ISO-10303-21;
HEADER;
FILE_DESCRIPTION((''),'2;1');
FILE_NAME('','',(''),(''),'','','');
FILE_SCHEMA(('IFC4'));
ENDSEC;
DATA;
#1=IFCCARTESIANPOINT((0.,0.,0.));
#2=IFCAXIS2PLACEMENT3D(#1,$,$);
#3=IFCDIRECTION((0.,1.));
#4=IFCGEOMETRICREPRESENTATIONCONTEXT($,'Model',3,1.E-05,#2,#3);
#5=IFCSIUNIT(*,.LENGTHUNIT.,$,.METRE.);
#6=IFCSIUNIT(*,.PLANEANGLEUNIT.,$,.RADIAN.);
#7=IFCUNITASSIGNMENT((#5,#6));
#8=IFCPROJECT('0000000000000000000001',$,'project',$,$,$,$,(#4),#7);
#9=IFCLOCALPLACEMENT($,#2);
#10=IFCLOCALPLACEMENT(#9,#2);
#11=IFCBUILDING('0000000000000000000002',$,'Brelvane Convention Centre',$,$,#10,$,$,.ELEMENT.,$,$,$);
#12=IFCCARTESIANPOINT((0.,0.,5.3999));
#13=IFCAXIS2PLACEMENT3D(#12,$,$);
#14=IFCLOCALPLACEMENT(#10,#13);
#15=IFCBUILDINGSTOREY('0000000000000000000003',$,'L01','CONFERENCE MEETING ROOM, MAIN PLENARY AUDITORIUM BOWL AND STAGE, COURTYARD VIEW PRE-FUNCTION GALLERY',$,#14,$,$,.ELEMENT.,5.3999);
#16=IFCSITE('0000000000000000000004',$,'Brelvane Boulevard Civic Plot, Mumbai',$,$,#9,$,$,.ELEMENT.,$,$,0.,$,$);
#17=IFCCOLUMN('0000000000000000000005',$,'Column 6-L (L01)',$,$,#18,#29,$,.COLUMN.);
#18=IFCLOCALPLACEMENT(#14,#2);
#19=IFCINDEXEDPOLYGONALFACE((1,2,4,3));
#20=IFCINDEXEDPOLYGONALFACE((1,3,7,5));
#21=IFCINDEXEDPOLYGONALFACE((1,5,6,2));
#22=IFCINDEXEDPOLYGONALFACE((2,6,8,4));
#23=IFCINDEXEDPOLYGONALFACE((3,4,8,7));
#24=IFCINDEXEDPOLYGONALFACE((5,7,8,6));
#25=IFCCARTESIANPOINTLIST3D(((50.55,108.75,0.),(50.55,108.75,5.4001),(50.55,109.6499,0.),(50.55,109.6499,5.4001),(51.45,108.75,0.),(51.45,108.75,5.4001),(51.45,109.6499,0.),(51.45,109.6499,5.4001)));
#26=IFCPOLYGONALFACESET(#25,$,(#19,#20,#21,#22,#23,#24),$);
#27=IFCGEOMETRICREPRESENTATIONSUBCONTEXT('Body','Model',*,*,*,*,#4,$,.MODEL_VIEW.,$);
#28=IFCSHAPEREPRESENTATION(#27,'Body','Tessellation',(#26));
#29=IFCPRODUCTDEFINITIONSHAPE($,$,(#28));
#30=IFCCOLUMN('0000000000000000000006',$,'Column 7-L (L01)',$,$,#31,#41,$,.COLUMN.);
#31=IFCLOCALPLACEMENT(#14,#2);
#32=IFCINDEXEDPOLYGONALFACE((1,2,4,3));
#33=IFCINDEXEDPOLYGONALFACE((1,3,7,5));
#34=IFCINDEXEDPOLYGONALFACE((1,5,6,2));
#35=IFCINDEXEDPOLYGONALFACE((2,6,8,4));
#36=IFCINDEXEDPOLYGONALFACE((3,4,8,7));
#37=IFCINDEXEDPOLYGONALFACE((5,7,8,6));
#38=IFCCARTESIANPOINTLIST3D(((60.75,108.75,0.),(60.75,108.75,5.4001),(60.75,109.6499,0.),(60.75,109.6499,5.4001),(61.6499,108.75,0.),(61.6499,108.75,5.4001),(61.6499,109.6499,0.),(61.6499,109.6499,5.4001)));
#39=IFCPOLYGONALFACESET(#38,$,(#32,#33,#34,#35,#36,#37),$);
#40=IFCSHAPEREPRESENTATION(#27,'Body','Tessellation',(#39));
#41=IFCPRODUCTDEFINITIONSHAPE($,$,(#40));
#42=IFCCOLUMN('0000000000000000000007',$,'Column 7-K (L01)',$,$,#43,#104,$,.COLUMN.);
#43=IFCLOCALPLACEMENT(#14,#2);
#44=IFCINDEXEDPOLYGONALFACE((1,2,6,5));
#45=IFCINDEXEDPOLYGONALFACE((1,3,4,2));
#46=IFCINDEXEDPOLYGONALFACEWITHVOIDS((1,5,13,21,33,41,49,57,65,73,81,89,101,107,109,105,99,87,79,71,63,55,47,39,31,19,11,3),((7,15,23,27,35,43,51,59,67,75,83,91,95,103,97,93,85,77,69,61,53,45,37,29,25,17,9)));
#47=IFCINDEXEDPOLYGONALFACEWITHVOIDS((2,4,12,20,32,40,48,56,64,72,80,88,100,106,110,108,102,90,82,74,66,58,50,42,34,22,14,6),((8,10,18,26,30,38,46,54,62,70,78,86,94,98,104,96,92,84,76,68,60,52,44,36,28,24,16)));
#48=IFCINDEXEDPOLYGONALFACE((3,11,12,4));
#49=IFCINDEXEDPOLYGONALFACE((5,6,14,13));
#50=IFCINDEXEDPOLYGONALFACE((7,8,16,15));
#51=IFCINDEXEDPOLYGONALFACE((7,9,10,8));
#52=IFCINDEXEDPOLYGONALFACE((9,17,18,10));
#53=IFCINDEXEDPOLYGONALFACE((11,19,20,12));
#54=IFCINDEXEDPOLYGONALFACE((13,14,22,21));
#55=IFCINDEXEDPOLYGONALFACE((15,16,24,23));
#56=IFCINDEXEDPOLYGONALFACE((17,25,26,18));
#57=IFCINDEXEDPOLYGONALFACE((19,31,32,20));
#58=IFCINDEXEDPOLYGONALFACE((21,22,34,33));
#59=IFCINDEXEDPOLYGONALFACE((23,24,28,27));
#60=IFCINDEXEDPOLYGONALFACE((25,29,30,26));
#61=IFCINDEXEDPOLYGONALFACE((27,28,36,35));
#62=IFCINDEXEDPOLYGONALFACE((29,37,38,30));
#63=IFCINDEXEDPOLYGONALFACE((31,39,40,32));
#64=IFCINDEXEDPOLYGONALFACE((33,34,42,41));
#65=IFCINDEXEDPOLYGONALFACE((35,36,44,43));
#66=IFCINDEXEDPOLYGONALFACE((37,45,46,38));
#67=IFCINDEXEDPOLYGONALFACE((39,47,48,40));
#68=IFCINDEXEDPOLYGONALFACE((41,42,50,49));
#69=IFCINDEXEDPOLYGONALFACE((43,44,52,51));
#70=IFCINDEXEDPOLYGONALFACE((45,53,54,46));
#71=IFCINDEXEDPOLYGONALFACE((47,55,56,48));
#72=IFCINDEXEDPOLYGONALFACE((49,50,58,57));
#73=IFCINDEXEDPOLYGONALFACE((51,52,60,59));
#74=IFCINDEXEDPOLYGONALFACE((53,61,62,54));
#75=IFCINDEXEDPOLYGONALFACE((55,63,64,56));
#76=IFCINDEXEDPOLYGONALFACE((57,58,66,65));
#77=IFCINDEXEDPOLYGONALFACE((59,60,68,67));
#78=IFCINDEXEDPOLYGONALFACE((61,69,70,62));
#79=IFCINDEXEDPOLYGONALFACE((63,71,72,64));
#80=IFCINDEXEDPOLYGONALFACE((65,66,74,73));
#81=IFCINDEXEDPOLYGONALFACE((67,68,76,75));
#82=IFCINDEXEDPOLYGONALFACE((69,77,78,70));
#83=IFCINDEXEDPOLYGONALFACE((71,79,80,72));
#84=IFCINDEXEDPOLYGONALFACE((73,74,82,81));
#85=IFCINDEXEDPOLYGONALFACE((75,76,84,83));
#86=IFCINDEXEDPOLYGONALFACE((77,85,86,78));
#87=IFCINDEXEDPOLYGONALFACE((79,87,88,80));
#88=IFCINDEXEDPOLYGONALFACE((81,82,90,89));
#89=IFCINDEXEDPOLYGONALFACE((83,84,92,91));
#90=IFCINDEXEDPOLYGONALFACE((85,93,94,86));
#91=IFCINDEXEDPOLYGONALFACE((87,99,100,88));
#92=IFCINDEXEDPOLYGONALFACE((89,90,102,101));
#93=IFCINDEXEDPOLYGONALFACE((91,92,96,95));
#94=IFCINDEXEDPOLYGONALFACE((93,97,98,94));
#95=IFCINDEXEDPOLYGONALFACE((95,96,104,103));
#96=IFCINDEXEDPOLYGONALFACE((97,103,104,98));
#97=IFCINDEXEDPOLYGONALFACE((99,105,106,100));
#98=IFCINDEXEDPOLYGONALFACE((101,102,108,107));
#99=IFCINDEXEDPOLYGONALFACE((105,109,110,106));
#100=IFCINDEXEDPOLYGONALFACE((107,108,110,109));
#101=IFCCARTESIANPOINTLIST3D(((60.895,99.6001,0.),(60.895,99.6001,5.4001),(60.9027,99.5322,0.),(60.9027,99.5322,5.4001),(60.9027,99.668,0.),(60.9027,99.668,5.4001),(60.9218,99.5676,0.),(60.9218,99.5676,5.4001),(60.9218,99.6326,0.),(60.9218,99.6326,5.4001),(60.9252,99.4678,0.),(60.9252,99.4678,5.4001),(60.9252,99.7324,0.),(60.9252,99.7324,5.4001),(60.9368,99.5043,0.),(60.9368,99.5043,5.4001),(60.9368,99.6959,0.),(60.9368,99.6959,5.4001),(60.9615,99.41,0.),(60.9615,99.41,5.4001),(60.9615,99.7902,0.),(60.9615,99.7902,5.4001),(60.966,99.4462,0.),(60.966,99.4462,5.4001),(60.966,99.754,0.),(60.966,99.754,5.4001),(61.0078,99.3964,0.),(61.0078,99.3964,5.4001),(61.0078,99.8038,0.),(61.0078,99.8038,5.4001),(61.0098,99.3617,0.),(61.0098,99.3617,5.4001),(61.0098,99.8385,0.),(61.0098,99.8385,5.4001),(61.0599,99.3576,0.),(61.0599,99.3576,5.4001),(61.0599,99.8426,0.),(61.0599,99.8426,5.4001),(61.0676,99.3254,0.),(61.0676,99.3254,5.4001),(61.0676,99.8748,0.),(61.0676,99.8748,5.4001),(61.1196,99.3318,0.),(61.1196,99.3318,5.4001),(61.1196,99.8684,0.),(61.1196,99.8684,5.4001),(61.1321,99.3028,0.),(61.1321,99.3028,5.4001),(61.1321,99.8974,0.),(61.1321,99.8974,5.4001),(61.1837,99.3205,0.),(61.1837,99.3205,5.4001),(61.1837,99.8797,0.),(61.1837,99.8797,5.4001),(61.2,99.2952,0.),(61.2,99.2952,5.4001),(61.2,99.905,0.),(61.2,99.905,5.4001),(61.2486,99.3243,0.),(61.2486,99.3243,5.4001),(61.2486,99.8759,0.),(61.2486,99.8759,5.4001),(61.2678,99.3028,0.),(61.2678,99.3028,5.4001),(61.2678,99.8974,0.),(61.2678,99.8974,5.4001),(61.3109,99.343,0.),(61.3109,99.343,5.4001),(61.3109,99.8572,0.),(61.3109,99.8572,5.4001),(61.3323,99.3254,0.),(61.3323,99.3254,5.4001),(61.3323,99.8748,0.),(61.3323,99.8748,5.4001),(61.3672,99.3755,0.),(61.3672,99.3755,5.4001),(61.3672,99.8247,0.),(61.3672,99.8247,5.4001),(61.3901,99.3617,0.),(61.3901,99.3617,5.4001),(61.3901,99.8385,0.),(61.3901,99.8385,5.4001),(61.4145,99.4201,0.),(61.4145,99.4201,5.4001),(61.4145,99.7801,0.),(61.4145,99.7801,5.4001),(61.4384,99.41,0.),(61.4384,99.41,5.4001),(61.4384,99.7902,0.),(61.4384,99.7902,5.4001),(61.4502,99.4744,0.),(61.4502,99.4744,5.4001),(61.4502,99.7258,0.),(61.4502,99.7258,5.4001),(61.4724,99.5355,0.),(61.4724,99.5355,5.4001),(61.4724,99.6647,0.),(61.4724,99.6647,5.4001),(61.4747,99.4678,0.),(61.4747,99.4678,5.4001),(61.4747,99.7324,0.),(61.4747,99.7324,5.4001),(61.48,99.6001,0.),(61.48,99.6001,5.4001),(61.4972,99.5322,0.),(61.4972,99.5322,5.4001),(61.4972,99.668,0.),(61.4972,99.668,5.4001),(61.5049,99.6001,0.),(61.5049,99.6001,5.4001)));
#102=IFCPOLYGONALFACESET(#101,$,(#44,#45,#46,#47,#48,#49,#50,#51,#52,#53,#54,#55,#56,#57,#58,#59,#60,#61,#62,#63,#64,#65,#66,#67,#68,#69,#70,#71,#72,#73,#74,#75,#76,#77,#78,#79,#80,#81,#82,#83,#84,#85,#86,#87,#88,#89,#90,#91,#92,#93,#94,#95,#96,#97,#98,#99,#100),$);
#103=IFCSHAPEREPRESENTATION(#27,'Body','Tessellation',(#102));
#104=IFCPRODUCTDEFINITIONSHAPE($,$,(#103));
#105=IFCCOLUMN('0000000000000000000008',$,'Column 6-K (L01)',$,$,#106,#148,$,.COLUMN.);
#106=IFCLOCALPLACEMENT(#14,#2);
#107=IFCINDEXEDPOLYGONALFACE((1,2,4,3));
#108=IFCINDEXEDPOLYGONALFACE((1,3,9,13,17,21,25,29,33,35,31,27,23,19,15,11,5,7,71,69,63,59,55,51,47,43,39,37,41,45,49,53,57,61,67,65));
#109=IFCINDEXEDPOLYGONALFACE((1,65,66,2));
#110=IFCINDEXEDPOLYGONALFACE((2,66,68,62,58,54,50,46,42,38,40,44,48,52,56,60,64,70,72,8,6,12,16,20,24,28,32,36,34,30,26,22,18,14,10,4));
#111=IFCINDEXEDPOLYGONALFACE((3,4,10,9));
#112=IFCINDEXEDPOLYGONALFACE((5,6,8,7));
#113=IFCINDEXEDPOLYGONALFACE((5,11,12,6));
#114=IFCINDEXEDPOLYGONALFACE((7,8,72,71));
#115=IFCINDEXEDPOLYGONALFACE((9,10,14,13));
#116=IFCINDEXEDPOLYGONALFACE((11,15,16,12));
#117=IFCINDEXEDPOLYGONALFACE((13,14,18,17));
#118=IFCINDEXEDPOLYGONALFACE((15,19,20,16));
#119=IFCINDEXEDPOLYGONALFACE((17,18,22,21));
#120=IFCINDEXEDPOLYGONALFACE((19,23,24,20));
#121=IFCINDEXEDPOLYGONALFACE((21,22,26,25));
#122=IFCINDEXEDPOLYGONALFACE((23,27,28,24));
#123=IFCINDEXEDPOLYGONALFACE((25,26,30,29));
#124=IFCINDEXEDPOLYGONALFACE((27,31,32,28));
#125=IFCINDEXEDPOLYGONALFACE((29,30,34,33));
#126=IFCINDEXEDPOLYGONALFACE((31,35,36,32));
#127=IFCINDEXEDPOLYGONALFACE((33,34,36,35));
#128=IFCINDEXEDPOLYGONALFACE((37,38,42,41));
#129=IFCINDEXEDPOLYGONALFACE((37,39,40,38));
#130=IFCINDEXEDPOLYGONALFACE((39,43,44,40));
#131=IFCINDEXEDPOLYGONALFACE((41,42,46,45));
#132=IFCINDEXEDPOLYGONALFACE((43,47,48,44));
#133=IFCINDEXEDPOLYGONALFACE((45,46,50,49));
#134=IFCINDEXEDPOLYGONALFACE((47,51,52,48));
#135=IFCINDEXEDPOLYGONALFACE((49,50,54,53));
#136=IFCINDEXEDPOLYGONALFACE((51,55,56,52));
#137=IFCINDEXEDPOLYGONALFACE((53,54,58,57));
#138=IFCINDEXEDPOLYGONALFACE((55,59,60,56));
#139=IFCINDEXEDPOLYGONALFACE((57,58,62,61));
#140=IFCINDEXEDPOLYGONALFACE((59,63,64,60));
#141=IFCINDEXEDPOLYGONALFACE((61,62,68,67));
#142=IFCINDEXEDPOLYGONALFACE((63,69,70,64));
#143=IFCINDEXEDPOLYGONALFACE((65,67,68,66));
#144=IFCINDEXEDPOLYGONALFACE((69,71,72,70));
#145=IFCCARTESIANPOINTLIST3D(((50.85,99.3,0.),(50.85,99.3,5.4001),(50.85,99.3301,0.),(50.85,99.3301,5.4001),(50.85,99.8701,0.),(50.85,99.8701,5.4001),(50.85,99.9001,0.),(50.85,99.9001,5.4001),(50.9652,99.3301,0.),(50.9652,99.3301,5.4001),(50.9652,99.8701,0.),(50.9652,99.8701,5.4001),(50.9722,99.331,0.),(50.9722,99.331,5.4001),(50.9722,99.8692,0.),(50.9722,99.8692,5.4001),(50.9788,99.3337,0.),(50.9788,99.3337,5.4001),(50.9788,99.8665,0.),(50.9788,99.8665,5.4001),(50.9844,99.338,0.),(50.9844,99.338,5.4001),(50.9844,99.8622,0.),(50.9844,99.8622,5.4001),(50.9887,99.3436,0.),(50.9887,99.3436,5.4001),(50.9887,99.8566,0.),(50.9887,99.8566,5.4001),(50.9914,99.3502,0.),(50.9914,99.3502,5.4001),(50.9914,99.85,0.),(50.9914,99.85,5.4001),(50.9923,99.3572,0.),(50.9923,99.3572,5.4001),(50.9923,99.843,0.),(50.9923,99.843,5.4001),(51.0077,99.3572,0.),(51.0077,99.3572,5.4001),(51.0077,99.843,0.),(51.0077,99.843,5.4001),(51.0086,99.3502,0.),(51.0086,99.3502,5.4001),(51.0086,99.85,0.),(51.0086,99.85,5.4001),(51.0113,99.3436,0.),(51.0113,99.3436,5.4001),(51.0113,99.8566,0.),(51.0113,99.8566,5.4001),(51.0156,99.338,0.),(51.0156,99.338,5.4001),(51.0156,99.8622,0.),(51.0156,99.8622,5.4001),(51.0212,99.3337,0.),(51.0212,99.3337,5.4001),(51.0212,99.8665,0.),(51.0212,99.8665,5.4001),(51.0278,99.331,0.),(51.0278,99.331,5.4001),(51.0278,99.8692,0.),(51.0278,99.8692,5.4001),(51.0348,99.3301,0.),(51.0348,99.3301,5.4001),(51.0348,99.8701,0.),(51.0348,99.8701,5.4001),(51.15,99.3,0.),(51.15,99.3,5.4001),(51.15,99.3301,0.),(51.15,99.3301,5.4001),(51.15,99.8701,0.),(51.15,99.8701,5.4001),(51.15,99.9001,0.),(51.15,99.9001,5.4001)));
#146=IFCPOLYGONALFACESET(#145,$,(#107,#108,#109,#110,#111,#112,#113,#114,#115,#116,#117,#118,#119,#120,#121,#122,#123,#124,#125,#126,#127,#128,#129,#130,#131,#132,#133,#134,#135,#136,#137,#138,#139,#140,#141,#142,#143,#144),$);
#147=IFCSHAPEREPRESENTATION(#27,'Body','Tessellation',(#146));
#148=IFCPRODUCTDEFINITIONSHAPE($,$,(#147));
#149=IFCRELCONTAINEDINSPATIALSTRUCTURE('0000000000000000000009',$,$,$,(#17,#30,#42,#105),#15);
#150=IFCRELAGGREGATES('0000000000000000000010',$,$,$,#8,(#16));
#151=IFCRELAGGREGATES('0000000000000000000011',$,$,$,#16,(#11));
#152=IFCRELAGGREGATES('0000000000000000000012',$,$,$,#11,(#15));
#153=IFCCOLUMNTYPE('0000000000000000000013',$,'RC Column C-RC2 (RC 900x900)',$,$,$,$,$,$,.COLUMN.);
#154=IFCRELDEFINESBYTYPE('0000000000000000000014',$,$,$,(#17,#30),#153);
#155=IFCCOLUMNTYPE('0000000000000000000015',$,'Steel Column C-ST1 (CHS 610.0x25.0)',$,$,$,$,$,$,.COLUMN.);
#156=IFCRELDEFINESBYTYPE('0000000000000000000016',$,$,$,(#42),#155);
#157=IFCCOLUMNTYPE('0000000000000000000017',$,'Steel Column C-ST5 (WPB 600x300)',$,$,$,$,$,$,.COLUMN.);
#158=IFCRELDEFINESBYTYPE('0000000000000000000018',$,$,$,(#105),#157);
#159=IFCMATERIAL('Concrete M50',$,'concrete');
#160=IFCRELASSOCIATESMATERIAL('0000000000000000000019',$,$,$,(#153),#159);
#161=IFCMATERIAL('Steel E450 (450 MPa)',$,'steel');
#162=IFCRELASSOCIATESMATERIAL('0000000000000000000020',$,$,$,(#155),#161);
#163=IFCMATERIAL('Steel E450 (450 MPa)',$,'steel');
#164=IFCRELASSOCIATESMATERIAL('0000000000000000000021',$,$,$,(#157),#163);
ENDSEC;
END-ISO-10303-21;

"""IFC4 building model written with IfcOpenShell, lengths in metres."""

from ifc_helpers import new_model, si_unit, direction, frame, origin, origin_2d, place, context, subcontext, project, spatial, rectangle, hollow_circle, i_section, extrude, material, material_profile, profile_set, type_object, element, save


model = new_model("IFC4")

# Units and contexts
model_context = context("Model", 3, precision=1e-05, world=origin(), true_north=direction((0.0, 1.0)))
body_context = subcontext(model_context, "Body", "Model", "MODEL_VIEW")
ifc_project = project(units=[si_unit("LENGTHUNIT", "METRE"), si_unit("PLANEANGLEUNIT", "RADIAN")], contexts=[model_context])

# Site, building, storey
site_placement = place(None, origin())
site = spatial("IfcSite", under=ifc_project, at=site_placement, Name="Brelvane Boulevard Civic Plot, Mumbai", CompositionType="ELEMENT", RefElevation=0.0)
building_placement = place(site_placement, origin())
building = spatial("IfcBuilding", under=site, at=building_placement, Name="Brelvane Convention Centre", CompositionType="ELEMENT")
storey_placement = place(building_placement, frame((0.0, 0.0, 5.3999)))
storey = spatial("IfcBuildingStorey", under=building, at=storey_placement, Name="L01", Description="CONFERENCE MEETING ROOM, MAIN PLENARY AUDITORIUM BOWL AND STAGE, COURTYARD VIEW PRE-FUNCTION GALLERY", CompositionType="ELEMENT", Elevation=5.3999)

# Columns
ifc_material_1 = material(Name="Concrete M50", Category="concrete")
ifc_material_profile_1 = material_profile(ifc_material_1, rectangle(XDim=0.8999, YDim=0.8999, at=origin_2d()), Name="RC 900x900")
ifc_profile_set_1 = profile_set([ifc_material_profile_1], Name="Concrete M50")
column_type_1 = type_object("IfcColumnType", Name="RC Column C-RC2 (RC 900x900)", PredefinedType="COLUMN", material=ifc_profile_set_1)
for number, where, z_axis, x_axis, name in (
    (1, (51.0, 109.2, 0.0), (0.0, 0.0, 1.0), (1.0, 0.0, 0.0), "Column 6-L (L01)"),
    (2, (61.2, 109.2, 0.0), (0.0, 0.0, 1.0), (1.0, 0.0, 0.0), "Column 7-L (L01)"),
):
    element("IfcColumn", number, at=place(storey_placement, frame(where, z_axis=z_axis, x_axis=x_axis)), inside=storey, type_object=column_type_1, Name=name, PredefinedType="COLUMN", context=body_context, shape_type="SweptSolid", body=[
        extrude(rectangle(XDim=0.8999, YDim=0.8999, at=origin_2d()), origin(), (0.0, 0.0, 1.0), 5.4001),
    ])
ifc_material_2 = material(Name="Steel E450 (450 MPa)", Category="steel")
ifc_material_profile_2 = material_profile(ifc_material_2, hollow_circle(Radius=0.3049, WallThickness=0.0249, at=origin_2d()), Name="CHS 610.0x25.0")
ifc_profile_set_2 = profile_set([ifc_material_profile_2], Name="Steel E450 (450 MPa)")
column_type_2 = type_object("IfcColumnType", Name="Steel Column C-ST1 (CHS 610.0x25.0)", PredefinedType="COLUMN", material=ifc_profile_set_2)
column_1_placement = place(storey_placement, frame((61.2, 99.6001, 0.0), z_axis=(0.0, 0.0, 1.0), x_axis=(1.0, 0.0, 0.0)))
element("IfcColumn", 3, at=column_1_placement, inside=storey, type_object=column_type_2, Name="Column 7-K (L01)", PredefinedType="COLUMN", context=body_context, shape_type="SweptSolid", body=[
    extrude(hollow_circle(Radius=0.3049, WallThickness=0.0249, at=origin_2d()), origin(), (0.0, 0.0, 1.0), 5.4001),
])
ifc_material_3 = material(Name="Steel E450 (450 MPa)", Category="steel")
ifc_material_profile_3 = material_profile(ifc_material_3, i_section(OverallWidth=0.3, OverallDepth=0.6001, WebThickness=0.0154, FlangeThickness=0.03, FilletRadius=0.0271, at=origin_2d()), Name="WPB 600x300")
ifc_profile_set_3 = profile_set([ifc_material_profile_3], Name="Steel E450 (450 MPa)")
column_type_3 = type_object("IfcColumnType", Name="Steel Column C-ST5 (WPB 600x300)", PredefinedType="COLUMN", material=ifc_profile_set_3)
column_2_placement = place(storey_placement, frame((51.0, 99.6001, 0.0), z_axis=(0.0, 0.0, 1.0), x_axis=(1.0, 0.0, 0.0)))
element("IfcColumn", 4, at=column_2_placement, inside=storey, type_object=column_type_3, Name="Column 6-K (L01)", PredefinedType="COLUMN", context=body_context, shape_type="SweptSolid", body=[
    extrude(i_section(OverallWidth=0.3, OverallDepth=0.6001, WebThickness=0.0154, FlangeThickness=0.03, FilletRadius=0.0271, at=origin_2d()), origin(), (0.0, 0.0, 1.0), 5.4001),
])

save(model, "model.ifc")
